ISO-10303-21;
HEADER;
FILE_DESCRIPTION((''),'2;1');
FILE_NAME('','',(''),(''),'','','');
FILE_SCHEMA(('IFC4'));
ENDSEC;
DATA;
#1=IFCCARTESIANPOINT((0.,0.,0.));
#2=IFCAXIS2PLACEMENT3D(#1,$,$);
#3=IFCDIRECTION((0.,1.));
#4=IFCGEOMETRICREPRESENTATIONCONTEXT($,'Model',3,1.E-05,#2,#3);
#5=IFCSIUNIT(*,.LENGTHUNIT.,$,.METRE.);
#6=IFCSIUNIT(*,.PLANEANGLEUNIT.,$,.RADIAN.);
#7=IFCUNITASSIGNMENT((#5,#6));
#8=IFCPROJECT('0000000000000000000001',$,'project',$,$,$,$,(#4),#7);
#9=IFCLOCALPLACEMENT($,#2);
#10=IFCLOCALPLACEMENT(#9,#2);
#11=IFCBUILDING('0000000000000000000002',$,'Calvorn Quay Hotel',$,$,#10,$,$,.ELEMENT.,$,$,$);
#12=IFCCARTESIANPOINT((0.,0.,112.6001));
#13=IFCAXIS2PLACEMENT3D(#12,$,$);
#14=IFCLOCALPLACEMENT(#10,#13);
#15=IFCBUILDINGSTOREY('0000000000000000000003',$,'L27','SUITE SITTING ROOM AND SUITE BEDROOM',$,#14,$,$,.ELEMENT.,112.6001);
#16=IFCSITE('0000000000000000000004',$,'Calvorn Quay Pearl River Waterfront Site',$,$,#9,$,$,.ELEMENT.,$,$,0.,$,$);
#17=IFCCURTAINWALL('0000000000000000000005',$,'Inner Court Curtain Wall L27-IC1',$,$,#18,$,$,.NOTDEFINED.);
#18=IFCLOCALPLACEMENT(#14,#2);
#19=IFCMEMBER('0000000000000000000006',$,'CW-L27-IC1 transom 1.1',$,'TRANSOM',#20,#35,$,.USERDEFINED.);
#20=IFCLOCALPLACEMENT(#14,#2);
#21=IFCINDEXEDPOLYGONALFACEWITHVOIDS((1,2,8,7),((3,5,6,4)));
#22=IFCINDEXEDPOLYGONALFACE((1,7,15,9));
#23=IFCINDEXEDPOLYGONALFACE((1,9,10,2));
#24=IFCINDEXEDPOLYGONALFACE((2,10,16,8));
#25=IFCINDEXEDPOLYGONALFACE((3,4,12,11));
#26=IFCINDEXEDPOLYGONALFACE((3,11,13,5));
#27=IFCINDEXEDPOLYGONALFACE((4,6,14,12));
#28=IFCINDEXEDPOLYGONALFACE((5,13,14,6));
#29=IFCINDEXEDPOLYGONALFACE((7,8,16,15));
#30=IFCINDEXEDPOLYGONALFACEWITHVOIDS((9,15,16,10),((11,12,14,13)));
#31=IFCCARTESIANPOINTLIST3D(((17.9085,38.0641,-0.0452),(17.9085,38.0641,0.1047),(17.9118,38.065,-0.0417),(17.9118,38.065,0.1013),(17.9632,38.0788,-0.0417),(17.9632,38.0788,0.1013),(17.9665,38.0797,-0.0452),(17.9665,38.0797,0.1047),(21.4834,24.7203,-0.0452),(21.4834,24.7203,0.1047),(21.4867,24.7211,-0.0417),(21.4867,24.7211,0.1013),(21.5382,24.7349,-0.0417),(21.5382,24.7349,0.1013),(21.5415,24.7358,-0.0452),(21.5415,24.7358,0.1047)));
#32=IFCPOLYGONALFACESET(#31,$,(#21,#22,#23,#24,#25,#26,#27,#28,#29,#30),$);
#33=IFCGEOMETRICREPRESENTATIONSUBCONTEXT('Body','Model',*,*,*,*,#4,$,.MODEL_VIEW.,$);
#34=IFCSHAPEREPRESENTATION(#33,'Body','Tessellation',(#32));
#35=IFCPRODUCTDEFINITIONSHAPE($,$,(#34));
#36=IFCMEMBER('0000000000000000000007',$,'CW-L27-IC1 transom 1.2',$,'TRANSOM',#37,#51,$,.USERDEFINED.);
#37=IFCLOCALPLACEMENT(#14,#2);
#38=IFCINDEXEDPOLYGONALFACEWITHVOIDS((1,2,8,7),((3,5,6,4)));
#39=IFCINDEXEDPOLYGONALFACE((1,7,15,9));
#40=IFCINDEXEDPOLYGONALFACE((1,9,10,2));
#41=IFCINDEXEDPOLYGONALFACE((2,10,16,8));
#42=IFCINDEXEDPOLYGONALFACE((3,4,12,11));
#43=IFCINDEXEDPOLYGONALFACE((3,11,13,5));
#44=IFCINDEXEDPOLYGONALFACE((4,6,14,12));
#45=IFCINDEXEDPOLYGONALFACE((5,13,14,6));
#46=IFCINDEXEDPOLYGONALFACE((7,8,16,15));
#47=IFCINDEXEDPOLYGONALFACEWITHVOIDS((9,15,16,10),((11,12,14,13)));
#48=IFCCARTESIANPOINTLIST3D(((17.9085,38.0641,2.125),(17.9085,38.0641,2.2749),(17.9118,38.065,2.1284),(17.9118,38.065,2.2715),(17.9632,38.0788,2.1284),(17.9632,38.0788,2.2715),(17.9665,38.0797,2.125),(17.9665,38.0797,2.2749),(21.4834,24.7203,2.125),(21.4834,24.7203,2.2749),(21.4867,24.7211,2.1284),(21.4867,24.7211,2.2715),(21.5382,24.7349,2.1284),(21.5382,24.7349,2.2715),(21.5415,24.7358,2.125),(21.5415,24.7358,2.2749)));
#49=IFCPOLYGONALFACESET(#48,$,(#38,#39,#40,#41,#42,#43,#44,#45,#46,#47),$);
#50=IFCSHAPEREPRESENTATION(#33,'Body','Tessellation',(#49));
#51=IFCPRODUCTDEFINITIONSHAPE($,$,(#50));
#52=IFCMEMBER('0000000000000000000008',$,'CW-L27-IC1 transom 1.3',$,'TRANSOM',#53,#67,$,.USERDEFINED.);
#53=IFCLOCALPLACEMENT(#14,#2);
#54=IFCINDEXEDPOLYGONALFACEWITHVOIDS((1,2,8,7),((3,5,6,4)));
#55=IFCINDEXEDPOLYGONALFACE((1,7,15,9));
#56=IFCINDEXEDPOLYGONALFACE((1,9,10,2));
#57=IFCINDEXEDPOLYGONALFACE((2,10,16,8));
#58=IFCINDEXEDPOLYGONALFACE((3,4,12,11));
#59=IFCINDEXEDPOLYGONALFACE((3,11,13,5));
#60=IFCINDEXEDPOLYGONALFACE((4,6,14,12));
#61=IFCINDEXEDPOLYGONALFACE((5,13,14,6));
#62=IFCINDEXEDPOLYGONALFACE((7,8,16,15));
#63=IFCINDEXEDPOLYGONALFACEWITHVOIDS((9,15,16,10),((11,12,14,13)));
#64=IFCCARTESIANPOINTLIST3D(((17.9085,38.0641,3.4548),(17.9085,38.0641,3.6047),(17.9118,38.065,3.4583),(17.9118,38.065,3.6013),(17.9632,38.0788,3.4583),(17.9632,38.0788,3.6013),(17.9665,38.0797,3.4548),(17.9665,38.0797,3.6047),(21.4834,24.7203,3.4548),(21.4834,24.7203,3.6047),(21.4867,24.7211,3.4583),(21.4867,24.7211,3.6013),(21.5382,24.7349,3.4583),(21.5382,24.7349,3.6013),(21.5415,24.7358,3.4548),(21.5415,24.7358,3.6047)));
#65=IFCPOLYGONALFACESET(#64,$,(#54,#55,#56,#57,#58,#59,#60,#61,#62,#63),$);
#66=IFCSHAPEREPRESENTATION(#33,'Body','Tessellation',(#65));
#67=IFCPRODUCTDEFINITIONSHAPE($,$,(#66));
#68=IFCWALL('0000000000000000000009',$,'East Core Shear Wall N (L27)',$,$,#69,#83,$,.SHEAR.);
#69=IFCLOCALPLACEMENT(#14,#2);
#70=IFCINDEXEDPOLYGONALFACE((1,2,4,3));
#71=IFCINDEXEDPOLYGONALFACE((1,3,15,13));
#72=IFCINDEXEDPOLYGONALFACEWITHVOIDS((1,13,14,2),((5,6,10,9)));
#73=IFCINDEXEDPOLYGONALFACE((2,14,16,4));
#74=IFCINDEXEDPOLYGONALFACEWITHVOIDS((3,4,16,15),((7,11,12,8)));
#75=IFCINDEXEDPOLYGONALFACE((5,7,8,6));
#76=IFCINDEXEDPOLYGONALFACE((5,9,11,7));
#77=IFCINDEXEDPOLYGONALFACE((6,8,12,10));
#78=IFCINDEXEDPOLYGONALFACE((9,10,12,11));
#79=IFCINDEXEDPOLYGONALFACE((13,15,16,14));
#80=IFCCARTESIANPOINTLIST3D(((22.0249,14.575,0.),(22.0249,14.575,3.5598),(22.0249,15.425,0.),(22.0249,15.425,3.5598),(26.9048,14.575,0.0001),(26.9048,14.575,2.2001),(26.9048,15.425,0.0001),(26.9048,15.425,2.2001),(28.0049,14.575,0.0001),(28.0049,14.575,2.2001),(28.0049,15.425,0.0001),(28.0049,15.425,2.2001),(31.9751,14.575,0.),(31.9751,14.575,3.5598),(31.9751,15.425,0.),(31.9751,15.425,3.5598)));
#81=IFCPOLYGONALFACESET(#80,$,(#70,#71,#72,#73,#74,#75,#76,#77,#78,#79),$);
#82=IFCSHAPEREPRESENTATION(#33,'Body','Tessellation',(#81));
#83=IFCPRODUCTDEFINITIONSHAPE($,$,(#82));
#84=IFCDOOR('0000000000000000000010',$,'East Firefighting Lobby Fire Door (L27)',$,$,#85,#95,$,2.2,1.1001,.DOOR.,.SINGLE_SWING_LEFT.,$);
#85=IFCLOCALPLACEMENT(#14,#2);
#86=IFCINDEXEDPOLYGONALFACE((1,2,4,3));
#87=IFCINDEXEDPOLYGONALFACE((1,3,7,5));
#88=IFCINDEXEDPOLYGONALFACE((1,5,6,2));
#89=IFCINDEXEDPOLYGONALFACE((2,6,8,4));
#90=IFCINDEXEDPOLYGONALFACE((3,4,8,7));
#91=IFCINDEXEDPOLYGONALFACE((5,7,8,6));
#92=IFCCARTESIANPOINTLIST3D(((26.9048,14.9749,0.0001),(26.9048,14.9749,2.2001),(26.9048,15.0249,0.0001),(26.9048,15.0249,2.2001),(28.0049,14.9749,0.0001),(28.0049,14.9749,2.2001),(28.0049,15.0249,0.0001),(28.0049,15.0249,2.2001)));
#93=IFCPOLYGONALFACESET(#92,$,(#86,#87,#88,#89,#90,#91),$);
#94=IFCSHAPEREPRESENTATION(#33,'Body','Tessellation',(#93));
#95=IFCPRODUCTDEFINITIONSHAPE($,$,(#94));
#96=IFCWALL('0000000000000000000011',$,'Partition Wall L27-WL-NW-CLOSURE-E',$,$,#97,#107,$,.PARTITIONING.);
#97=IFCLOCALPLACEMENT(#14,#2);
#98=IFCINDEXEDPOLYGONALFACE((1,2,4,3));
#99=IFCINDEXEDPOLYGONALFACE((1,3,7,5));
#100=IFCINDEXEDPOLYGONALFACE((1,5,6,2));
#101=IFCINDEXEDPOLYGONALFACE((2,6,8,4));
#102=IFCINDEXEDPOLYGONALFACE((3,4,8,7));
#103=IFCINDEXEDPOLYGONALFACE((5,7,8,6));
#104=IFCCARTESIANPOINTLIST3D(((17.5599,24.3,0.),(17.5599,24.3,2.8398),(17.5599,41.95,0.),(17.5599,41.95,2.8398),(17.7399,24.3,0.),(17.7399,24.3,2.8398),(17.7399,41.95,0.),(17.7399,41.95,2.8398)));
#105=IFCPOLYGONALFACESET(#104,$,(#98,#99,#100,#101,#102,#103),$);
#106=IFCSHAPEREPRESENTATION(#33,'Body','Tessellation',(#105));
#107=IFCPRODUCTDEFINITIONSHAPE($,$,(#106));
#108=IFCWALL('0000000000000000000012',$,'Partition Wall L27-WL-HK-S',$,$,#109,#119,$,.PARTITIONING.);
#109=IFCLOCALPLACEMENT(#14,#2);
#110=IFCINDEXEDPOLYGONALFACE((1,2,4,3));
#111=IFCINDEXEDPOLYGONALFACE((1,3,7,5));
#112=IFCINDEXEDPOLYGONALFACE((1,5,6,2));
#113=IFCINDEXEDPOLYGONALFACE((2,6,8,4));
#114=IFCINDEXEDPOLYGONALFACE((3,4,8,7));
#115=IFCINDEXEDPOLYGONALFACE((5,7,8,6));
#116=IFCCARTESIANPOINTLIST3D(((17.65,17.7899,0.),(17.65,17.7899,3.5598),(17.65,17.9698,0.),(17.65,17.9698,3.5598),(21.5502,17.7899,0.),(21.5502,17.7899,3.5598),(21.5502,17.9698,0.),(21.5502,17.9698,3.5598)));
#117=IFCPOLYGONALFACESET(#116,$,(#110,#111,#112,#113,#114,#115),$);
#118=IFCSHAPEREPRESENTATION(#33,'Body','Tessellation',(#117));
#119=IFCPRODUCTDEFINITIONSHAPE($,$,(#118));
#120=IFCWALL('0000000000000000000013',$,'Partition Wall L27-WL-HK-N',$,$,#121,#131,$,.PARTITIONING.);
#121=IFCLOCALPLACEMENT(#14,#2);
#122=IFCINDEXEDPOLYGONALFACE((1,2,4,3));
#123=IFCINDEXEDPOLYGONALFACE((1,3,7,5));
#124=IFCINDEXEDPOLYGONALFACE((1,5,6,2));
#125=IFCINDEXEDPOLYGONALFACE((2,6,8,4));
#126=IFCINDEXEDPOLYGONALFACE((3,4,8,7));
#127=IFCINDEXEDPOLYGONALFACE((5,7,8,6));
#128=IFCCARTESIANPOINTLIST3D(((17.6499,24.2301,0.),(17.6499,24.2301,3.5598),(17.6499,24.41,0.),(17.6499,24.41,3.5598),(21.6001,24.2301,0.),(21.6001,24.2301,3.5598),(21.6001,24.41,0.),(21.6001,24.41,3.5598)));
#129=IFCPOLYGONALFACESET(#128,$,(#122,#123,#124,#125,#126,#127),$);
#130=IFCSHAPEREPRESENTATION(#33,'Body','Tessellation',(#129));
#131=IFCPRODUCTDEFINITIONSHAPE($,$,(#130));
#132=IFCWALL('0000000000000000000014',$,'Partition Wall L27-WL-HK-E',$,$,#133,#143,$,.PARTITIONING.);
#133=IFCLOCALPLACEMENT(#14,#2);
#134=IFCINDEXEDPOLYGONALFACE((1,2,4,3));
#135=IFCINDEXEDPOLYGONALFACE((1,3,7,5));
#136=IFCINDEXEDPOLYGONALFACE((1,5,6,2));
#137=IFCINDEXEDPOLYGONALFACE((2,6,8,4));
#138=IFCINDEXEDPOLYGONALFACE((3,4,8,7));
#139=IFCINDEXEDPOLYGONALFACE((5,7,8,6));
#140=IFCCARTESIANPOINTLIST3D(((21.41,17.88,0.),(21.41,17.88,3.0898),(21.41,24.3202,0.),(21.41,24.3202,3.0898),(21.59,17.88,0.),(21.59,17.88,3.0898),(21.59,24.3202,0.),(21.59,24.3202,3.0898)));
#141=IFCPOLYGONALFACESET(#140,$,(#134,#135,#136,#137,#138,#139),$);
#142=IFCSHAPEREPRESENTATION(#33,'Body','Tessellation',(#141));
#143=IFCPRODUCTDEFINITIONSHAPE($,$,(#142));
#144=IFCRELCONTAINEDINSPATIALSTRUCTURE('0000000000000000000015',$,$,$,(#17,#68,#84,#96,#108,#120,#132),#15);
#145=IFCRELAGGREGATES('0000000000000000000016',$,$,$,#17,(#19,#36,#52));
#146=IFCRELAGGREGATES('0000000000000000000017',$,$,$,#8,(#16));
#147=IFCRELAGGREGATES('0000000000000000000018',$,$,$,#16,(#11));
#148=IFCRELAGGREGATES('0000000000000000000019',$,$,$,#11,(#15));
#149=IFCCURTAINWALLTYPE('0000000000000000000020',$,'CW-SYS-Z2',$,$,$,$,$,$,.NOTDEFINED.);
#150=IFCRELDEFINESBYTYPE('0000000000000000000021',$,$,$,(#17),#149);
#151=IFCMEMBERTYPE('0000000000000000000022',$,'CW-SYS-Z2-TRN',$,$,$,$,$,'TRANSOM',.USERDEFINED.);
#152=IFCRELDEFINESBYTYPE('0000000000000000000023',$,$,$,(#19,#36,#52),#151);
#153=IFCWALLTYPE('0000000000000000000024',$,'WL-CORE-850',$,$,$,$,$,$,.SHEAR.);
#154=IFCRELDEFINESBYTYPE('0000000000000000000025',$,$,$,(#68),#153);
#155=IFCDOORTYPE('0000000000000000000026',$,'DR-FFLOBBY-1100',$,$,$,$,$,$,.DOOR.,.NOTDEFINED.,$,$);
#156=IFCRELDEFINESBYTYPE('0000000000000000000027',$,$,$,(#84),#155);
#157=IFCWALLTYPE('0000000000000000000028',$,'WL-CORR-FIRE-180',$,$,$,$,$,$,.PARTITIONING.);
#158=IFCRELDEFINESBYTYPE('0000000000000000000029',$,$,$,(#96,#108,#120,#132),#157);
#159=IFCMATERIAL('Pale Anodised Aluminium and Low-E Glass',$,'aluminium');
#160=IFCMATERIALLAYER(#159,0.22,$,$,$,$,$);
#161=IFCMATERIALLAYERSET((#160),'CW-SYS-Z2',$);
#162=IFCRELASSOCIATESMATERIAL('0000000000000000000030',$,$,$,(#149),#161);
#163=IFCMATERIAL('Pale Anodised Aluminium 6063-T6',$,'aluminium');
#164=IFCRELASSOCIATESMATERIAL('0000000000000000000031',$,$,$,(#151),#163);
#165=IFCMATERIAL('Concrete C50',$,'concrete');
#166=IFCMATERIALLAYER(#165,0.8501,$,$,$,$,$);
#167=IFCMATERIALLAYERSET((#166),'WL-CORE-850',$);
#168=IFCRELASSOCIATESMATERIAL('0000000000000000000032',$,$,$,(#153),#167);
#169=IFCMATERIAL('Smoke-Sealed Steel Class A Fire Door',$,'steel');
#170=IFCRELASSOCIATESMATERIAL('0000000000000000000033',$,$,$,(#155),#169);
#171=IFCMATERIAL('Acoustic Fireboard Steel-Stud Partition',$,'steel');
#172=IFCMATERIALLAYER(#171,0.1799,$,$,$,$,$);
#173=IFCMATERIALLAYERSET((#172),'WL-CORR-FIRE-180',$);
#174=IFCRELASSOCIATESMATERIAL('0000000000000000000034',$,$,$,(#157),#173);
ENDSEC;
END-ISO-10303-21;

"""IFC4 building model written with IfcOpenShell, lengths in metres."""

from ifc_helpers import new_model, si_unit, direction, frame, frame_2d, origin, origin_2d, place, context, subcontext, project, spatial, rectangle, hollow_rectangle, extrude, material, layer, layer_set, material_profile, profile_set, type_object, element, fill, aggregate, save


model = new_model("IFC4")

# Units and contexts
model_context = context("Model", 3, precision=1e-05, world=origin(), true_north=direction((0.0, 1.0)))
body_context = subcontext(model_context, "Body", "Model", "MODEL_VIEW")
ifc_project = project(units=[si_unit("LENGTHUNIT", "METRE"), si_unit("PLANEANGLEUNIT", "RADIAN")], contexts=[model_context])

# Site, building, storey
site_placement = place(None, origin())
site = spatial("IfcSite", under=ifc_project, at=site_placement, Name="Calvorn Quay Pearl River Waterfront Site", CompositionType="ELEMENT", RefElevation=0.0)
building_placement = place(site_placement, origin())
building = spatial("IfcBuilding", under=site, at=building_placement, Name="Calvorn Quay Hotel", CompositionType="ELEMENT")
storey_placement = place(building_placement, frame((0.0, 0.0, 112.6001)))
storey = spatial("IfcBuildingStorey", under=building, at=storey_placement, Name="L27", Description="SUITE SITTING ROOM AND SUITE BEDROOM", CompositionType="ELEMENT", Elevation=112.6001)

# Shared definitions
ifc_material_1 = material(Name="Pale Anodised Aluminium and Low-E Glass", Category="aluminium")
ifc_layer_1 = layer(ifc_material_1, 0.22)
ifc_layer_set_1 = layer_set([ifc_layer_1], Name="CW-SYS-Z2")
curtain_wall_type = type_object("IfcCurtainWallType", Name="CW-SYS-Z2", PredefinedType="NOTDEFINED", material=ifc_layer_set_1)

# Curtain wall, members
curtain_wall_1_placement = place(storey_placement, origin())
curtain_wall_1 = element("IfcCurtainWall", 1, at=curtain_wall_1_placement, inside=storey, type_object=curtain_wall_type, Name="Inner Court Curtain Wall L27-IC1", PredefinedType="NOTDEFINED")
ifc_material_2 = material(Name="Pale Anodised Aluminium 6063-T6", Category="aluminium")
ifc_material_profile_1 = material_profile(ifc_material_2, hollow_rectangle(XDim=0.0601, YDim=0.1499, WallThickness=0.0034, at=origin_2d()), Name="ALU-T150x60x3.5")
ifc_profile_set_1 = profile_set([ifc_material_profile_1], Name="Pale Anodised Aluminium 6063-T6")
member_type_1 = type_object("IfcMemberType", Name="CW-SYS-Z2-TRN", ElementType="TRANSOM", PredefinedType="USERDEFINED", material=ifc_profile_set_1)
member_1_placement = place(storey_placement, frame((21.5125, 24.728, 0.0298), z_axis=(-0.258781, 0.965936, 0.0), x_axis=(-0.965936, -0.258781, 0.0)))
member_1 = element("IfcMember", 2, at=member_1_placement, type_object=member_type_1, Name="CW-L27-IC1 transom 1.1", ObjectType="TRANSOM", PredefinedType="USERDEFINED", context=body_context, shape_type="SweptSolid", body=[
    extrude(hollow_rectangle(XDim=0.0601, YDim=0.1499, WallThickness=0.0034, at=origin_2d()), origin(), (0.0, 0.0, 1.0), 13.8145),
])
member_2_placement = place(storey_placement, frame((21.5125, 24.728, 2.2), z_axis=(-0.258781, 0.965936, 0.0), x_axis=(-0.965936, -0.258781, 0.0)))
member_2 = element("IfcMember", 3, at=member_2_placement, type_object=member_type_1, Name="CW-L27-IC1 transom 1.2", ObjectType="TRANSOM", PredefinedType="USERDEFINED", context=body_context, shape_type="SweptSolid", body=[
    extrude(hollow_rectangle(XDim=0.0601, YDim=0.1499, WallThickness=0.0034, at=origin_2d()), origin(), (0.0, 0.0, 1.0), 13.8145),
])
member_3_placement = place(storey_placement, frame((21.5125, 24.728, 3.5298), z_axis=(-0.258781, 0.965936, 0.0), x_axis=(-0.965936, -0.258781, 0.0)))
member_3 = element("IfcMember", 4, at=member_3_placement, type_object=member_type_1, Name="CW-L27-IC1 transom 1.3", ObjectType="TRANSOM", PredefinedType="USERDEFINED", context=body_context, shape_type="SweptSolid", body=[
    extrude(hollow_rectangle(XDim=0.0601, YDim=0.1499, WallThickness=0.0034, at=origin_2d()), origin(), (0.0, 0.0, 1.0), 13.8145),
])
aggregate(curtain_wall_1, [member_1, member_2, member_3])

# Wall, opening, door
ifc_material_3 = material(Name="Concrete C50", Category="concrete")
ifc_layer_2 = layer(ifc_material_3, 0.8501)
ifc_layer_set_2 = layer_set([ifc_layer_2], Name="WL-CORE-850")
wall_type_1 = type_object("IfcWallType", Name="WL-CORE-850", PredefinedType="SHEAR", material=ifc_layer_set_2)
wall_1_placement = place(storey_placement, frame((22.0249, 15.0, 0.0), z_axis=(0.0, 0.0, 1.0), x_axis=(1.0, 0.0, 0.0)))
wall_1 = element("IfcWall", 5, at=wall_1_placement, inside=storey, type_object=wall_type_1, Name="East Core Shear Wall N (L27)", PredefinedType="SHEAR", context=body_context, shape_type="SweptSolid", body=[
    extrude(rectangle(XDim=9.9502, YDim=0.8501, at=frame_2d((4.9751, 0.0))), origin(), (0.0, 0.0, 1.0), 3.5598),
])
opening_1_placement = place(wall_1_placement, frame((4.8799, 0.0, 0.0)))
opening_1 = element("IfcOpeningElement", 6, at=opening_1_placement, cuts=wall_1, PredefinedType="OPENING", context=body_context, shape_type="SweptSolid", body=[
    extrude(rectangle(XDim=1.1001, YDim=2.2, at=frame_2d((0.55, 1.1001))), frame((0.0, 0.4351, 0.0), z_axis=(0.0, -1.0, 0.0), x_axis=(1.0, 0.0, 0.0)), (0.0, 0.0, 1.0), 0.8701),
])
ifc_material_4 = material(Name="Smoke-Sealed Steel Class A Fire Door", Category="steel")
door_type_1 = type_object("IfcDoorType", Name="DR-FFLOBBY-1100", OperationType="NOTDEFINED", PredefinedType="DOOR", material=ifc_material_4)
door_1_placement = place(opening_1_placement, origin())
door_1 = element("IfcDoor", 7, at=door_1_placement, inside=storey, type_object=door_type_1, Name="East Firefighting Lobby Fire Door (L27)", OperationType="SINGLE_SWING_LEFT", OverallHeight=2.2, OverallWidth=1.1001, PredefinedType="DOOR", context=body_context, shape_type="SweptSolid", body=[
    extrude(rectangle(XDim=1.1001, YDim=2.2, at=frame_2d((0.55, 1.1001))), frame((0.0, 0.0249, 0.0), z_axis=(0.0, -1.0, 0.0), x_axis=(1.0, 0.0, 0.0)), (0.0, 0.0, 1.0), 0.05),
])
fill(opening_1, door_1)

# Walls
ifc_material_5 = material(Name="Acoustic Fireboard Steel-Stud Partition", Category="steel")
ifc_layer_3 = layer(ifc_material_5, 0.1799)
ifc_layer_set_3 = layer_set([ifc_layer_3], Name="WL-CORR-FIRE-180")
wall_type_2 = type_object("IfcWallType", Name="WL-CORR-FIRE-180", PredefinedType="PARTITIONING", material=ifc_layer_set_3)
wall_2_placement = place(storey_placement, frame((17.6499, 24.3, 0.0), z_axis=(0.0, 0.0, 1.0), x_axis=(0.0, 1.0, 0.0)))
element("IfcWall", 8, at=wall_2_placement, inside=storey, type_object=wall_type_2, Name="Partition Wall L27-WL-NW-CLOSURE-E", PredefinedType="PARTITIONING", context=body_context, shape_type="SweptSolid", body=[
    extrude(rectangle(XDim=17.6499, YDim=0.1799, at=frame_2d((8.825, 0.0))), origin(), (0.0, 0.0, 1.0), 2.8398),
])
wall_3_placement = place(storey_placement, frame((17.6499, 17.8799, 0.0), z_axis=(0.0, 0.0, 1.0), x_axis=(1.0, 0.0, 0.0)))
element("IfcWall", 9, at=wall_3_placement, inside=storey, type_object=wall_type_2, Name="Partition Wall L27-WL-HK-S", PredefinedType="PARTITIONING", context=body_context, shape_type="SweptSolid", body=[
    extrude(rectangle(XDim=3.9001, YDim=0.1799, at=frame_2d((1.9502, 0.0))), origin(), (0.0, 0.0, 1.0), 3.5598),
])
wall_4_placement = place(storey_placement, frame((17.6499, 24.3201, 0.0), z_axis=(0.0, 0.0, 1.0), x_axis=(1.0, 0.0, 0.0)))
element("IfcWall", 10, at=wall_4_placement, inside=storey, type_object=wall_type_2, Name="Partition Wall L27-WL-HK-N", PredefinedType="PARTITIONING", context=body_context, shape_type="SweptSolid", body=[
    extrude(rectangle(XDim=3.9502, YDim=0.1799, at=frame_2d((1.9751, 0.0))), origin(), (0.0, 0.0, 1.0), 3.5598),
])
wall_5_placement = place(storey_placement, frame((21.5, 17.8799, 0.0), z_axis=(0.0, 0.0, 1.0), x_axis=(0.0, 1.0, 0.0)))
element("IfcWall", 11, at=wall_5_placement, inside=storey, type_object=wall_type_2, Name="Partition Wall L27-WL-HK-E", PredefinedType="PARTITIONING", context=body_context, shape_type="SweptSolid", body=[
    extrude(rectangle(XDim=6.4402, YDim=0.1799, at=frame_2d((3.2202, 0.0))), origin(), (0.0, 0.0, 1.0), 3.0898),
])

save(model, "model.ifc")
